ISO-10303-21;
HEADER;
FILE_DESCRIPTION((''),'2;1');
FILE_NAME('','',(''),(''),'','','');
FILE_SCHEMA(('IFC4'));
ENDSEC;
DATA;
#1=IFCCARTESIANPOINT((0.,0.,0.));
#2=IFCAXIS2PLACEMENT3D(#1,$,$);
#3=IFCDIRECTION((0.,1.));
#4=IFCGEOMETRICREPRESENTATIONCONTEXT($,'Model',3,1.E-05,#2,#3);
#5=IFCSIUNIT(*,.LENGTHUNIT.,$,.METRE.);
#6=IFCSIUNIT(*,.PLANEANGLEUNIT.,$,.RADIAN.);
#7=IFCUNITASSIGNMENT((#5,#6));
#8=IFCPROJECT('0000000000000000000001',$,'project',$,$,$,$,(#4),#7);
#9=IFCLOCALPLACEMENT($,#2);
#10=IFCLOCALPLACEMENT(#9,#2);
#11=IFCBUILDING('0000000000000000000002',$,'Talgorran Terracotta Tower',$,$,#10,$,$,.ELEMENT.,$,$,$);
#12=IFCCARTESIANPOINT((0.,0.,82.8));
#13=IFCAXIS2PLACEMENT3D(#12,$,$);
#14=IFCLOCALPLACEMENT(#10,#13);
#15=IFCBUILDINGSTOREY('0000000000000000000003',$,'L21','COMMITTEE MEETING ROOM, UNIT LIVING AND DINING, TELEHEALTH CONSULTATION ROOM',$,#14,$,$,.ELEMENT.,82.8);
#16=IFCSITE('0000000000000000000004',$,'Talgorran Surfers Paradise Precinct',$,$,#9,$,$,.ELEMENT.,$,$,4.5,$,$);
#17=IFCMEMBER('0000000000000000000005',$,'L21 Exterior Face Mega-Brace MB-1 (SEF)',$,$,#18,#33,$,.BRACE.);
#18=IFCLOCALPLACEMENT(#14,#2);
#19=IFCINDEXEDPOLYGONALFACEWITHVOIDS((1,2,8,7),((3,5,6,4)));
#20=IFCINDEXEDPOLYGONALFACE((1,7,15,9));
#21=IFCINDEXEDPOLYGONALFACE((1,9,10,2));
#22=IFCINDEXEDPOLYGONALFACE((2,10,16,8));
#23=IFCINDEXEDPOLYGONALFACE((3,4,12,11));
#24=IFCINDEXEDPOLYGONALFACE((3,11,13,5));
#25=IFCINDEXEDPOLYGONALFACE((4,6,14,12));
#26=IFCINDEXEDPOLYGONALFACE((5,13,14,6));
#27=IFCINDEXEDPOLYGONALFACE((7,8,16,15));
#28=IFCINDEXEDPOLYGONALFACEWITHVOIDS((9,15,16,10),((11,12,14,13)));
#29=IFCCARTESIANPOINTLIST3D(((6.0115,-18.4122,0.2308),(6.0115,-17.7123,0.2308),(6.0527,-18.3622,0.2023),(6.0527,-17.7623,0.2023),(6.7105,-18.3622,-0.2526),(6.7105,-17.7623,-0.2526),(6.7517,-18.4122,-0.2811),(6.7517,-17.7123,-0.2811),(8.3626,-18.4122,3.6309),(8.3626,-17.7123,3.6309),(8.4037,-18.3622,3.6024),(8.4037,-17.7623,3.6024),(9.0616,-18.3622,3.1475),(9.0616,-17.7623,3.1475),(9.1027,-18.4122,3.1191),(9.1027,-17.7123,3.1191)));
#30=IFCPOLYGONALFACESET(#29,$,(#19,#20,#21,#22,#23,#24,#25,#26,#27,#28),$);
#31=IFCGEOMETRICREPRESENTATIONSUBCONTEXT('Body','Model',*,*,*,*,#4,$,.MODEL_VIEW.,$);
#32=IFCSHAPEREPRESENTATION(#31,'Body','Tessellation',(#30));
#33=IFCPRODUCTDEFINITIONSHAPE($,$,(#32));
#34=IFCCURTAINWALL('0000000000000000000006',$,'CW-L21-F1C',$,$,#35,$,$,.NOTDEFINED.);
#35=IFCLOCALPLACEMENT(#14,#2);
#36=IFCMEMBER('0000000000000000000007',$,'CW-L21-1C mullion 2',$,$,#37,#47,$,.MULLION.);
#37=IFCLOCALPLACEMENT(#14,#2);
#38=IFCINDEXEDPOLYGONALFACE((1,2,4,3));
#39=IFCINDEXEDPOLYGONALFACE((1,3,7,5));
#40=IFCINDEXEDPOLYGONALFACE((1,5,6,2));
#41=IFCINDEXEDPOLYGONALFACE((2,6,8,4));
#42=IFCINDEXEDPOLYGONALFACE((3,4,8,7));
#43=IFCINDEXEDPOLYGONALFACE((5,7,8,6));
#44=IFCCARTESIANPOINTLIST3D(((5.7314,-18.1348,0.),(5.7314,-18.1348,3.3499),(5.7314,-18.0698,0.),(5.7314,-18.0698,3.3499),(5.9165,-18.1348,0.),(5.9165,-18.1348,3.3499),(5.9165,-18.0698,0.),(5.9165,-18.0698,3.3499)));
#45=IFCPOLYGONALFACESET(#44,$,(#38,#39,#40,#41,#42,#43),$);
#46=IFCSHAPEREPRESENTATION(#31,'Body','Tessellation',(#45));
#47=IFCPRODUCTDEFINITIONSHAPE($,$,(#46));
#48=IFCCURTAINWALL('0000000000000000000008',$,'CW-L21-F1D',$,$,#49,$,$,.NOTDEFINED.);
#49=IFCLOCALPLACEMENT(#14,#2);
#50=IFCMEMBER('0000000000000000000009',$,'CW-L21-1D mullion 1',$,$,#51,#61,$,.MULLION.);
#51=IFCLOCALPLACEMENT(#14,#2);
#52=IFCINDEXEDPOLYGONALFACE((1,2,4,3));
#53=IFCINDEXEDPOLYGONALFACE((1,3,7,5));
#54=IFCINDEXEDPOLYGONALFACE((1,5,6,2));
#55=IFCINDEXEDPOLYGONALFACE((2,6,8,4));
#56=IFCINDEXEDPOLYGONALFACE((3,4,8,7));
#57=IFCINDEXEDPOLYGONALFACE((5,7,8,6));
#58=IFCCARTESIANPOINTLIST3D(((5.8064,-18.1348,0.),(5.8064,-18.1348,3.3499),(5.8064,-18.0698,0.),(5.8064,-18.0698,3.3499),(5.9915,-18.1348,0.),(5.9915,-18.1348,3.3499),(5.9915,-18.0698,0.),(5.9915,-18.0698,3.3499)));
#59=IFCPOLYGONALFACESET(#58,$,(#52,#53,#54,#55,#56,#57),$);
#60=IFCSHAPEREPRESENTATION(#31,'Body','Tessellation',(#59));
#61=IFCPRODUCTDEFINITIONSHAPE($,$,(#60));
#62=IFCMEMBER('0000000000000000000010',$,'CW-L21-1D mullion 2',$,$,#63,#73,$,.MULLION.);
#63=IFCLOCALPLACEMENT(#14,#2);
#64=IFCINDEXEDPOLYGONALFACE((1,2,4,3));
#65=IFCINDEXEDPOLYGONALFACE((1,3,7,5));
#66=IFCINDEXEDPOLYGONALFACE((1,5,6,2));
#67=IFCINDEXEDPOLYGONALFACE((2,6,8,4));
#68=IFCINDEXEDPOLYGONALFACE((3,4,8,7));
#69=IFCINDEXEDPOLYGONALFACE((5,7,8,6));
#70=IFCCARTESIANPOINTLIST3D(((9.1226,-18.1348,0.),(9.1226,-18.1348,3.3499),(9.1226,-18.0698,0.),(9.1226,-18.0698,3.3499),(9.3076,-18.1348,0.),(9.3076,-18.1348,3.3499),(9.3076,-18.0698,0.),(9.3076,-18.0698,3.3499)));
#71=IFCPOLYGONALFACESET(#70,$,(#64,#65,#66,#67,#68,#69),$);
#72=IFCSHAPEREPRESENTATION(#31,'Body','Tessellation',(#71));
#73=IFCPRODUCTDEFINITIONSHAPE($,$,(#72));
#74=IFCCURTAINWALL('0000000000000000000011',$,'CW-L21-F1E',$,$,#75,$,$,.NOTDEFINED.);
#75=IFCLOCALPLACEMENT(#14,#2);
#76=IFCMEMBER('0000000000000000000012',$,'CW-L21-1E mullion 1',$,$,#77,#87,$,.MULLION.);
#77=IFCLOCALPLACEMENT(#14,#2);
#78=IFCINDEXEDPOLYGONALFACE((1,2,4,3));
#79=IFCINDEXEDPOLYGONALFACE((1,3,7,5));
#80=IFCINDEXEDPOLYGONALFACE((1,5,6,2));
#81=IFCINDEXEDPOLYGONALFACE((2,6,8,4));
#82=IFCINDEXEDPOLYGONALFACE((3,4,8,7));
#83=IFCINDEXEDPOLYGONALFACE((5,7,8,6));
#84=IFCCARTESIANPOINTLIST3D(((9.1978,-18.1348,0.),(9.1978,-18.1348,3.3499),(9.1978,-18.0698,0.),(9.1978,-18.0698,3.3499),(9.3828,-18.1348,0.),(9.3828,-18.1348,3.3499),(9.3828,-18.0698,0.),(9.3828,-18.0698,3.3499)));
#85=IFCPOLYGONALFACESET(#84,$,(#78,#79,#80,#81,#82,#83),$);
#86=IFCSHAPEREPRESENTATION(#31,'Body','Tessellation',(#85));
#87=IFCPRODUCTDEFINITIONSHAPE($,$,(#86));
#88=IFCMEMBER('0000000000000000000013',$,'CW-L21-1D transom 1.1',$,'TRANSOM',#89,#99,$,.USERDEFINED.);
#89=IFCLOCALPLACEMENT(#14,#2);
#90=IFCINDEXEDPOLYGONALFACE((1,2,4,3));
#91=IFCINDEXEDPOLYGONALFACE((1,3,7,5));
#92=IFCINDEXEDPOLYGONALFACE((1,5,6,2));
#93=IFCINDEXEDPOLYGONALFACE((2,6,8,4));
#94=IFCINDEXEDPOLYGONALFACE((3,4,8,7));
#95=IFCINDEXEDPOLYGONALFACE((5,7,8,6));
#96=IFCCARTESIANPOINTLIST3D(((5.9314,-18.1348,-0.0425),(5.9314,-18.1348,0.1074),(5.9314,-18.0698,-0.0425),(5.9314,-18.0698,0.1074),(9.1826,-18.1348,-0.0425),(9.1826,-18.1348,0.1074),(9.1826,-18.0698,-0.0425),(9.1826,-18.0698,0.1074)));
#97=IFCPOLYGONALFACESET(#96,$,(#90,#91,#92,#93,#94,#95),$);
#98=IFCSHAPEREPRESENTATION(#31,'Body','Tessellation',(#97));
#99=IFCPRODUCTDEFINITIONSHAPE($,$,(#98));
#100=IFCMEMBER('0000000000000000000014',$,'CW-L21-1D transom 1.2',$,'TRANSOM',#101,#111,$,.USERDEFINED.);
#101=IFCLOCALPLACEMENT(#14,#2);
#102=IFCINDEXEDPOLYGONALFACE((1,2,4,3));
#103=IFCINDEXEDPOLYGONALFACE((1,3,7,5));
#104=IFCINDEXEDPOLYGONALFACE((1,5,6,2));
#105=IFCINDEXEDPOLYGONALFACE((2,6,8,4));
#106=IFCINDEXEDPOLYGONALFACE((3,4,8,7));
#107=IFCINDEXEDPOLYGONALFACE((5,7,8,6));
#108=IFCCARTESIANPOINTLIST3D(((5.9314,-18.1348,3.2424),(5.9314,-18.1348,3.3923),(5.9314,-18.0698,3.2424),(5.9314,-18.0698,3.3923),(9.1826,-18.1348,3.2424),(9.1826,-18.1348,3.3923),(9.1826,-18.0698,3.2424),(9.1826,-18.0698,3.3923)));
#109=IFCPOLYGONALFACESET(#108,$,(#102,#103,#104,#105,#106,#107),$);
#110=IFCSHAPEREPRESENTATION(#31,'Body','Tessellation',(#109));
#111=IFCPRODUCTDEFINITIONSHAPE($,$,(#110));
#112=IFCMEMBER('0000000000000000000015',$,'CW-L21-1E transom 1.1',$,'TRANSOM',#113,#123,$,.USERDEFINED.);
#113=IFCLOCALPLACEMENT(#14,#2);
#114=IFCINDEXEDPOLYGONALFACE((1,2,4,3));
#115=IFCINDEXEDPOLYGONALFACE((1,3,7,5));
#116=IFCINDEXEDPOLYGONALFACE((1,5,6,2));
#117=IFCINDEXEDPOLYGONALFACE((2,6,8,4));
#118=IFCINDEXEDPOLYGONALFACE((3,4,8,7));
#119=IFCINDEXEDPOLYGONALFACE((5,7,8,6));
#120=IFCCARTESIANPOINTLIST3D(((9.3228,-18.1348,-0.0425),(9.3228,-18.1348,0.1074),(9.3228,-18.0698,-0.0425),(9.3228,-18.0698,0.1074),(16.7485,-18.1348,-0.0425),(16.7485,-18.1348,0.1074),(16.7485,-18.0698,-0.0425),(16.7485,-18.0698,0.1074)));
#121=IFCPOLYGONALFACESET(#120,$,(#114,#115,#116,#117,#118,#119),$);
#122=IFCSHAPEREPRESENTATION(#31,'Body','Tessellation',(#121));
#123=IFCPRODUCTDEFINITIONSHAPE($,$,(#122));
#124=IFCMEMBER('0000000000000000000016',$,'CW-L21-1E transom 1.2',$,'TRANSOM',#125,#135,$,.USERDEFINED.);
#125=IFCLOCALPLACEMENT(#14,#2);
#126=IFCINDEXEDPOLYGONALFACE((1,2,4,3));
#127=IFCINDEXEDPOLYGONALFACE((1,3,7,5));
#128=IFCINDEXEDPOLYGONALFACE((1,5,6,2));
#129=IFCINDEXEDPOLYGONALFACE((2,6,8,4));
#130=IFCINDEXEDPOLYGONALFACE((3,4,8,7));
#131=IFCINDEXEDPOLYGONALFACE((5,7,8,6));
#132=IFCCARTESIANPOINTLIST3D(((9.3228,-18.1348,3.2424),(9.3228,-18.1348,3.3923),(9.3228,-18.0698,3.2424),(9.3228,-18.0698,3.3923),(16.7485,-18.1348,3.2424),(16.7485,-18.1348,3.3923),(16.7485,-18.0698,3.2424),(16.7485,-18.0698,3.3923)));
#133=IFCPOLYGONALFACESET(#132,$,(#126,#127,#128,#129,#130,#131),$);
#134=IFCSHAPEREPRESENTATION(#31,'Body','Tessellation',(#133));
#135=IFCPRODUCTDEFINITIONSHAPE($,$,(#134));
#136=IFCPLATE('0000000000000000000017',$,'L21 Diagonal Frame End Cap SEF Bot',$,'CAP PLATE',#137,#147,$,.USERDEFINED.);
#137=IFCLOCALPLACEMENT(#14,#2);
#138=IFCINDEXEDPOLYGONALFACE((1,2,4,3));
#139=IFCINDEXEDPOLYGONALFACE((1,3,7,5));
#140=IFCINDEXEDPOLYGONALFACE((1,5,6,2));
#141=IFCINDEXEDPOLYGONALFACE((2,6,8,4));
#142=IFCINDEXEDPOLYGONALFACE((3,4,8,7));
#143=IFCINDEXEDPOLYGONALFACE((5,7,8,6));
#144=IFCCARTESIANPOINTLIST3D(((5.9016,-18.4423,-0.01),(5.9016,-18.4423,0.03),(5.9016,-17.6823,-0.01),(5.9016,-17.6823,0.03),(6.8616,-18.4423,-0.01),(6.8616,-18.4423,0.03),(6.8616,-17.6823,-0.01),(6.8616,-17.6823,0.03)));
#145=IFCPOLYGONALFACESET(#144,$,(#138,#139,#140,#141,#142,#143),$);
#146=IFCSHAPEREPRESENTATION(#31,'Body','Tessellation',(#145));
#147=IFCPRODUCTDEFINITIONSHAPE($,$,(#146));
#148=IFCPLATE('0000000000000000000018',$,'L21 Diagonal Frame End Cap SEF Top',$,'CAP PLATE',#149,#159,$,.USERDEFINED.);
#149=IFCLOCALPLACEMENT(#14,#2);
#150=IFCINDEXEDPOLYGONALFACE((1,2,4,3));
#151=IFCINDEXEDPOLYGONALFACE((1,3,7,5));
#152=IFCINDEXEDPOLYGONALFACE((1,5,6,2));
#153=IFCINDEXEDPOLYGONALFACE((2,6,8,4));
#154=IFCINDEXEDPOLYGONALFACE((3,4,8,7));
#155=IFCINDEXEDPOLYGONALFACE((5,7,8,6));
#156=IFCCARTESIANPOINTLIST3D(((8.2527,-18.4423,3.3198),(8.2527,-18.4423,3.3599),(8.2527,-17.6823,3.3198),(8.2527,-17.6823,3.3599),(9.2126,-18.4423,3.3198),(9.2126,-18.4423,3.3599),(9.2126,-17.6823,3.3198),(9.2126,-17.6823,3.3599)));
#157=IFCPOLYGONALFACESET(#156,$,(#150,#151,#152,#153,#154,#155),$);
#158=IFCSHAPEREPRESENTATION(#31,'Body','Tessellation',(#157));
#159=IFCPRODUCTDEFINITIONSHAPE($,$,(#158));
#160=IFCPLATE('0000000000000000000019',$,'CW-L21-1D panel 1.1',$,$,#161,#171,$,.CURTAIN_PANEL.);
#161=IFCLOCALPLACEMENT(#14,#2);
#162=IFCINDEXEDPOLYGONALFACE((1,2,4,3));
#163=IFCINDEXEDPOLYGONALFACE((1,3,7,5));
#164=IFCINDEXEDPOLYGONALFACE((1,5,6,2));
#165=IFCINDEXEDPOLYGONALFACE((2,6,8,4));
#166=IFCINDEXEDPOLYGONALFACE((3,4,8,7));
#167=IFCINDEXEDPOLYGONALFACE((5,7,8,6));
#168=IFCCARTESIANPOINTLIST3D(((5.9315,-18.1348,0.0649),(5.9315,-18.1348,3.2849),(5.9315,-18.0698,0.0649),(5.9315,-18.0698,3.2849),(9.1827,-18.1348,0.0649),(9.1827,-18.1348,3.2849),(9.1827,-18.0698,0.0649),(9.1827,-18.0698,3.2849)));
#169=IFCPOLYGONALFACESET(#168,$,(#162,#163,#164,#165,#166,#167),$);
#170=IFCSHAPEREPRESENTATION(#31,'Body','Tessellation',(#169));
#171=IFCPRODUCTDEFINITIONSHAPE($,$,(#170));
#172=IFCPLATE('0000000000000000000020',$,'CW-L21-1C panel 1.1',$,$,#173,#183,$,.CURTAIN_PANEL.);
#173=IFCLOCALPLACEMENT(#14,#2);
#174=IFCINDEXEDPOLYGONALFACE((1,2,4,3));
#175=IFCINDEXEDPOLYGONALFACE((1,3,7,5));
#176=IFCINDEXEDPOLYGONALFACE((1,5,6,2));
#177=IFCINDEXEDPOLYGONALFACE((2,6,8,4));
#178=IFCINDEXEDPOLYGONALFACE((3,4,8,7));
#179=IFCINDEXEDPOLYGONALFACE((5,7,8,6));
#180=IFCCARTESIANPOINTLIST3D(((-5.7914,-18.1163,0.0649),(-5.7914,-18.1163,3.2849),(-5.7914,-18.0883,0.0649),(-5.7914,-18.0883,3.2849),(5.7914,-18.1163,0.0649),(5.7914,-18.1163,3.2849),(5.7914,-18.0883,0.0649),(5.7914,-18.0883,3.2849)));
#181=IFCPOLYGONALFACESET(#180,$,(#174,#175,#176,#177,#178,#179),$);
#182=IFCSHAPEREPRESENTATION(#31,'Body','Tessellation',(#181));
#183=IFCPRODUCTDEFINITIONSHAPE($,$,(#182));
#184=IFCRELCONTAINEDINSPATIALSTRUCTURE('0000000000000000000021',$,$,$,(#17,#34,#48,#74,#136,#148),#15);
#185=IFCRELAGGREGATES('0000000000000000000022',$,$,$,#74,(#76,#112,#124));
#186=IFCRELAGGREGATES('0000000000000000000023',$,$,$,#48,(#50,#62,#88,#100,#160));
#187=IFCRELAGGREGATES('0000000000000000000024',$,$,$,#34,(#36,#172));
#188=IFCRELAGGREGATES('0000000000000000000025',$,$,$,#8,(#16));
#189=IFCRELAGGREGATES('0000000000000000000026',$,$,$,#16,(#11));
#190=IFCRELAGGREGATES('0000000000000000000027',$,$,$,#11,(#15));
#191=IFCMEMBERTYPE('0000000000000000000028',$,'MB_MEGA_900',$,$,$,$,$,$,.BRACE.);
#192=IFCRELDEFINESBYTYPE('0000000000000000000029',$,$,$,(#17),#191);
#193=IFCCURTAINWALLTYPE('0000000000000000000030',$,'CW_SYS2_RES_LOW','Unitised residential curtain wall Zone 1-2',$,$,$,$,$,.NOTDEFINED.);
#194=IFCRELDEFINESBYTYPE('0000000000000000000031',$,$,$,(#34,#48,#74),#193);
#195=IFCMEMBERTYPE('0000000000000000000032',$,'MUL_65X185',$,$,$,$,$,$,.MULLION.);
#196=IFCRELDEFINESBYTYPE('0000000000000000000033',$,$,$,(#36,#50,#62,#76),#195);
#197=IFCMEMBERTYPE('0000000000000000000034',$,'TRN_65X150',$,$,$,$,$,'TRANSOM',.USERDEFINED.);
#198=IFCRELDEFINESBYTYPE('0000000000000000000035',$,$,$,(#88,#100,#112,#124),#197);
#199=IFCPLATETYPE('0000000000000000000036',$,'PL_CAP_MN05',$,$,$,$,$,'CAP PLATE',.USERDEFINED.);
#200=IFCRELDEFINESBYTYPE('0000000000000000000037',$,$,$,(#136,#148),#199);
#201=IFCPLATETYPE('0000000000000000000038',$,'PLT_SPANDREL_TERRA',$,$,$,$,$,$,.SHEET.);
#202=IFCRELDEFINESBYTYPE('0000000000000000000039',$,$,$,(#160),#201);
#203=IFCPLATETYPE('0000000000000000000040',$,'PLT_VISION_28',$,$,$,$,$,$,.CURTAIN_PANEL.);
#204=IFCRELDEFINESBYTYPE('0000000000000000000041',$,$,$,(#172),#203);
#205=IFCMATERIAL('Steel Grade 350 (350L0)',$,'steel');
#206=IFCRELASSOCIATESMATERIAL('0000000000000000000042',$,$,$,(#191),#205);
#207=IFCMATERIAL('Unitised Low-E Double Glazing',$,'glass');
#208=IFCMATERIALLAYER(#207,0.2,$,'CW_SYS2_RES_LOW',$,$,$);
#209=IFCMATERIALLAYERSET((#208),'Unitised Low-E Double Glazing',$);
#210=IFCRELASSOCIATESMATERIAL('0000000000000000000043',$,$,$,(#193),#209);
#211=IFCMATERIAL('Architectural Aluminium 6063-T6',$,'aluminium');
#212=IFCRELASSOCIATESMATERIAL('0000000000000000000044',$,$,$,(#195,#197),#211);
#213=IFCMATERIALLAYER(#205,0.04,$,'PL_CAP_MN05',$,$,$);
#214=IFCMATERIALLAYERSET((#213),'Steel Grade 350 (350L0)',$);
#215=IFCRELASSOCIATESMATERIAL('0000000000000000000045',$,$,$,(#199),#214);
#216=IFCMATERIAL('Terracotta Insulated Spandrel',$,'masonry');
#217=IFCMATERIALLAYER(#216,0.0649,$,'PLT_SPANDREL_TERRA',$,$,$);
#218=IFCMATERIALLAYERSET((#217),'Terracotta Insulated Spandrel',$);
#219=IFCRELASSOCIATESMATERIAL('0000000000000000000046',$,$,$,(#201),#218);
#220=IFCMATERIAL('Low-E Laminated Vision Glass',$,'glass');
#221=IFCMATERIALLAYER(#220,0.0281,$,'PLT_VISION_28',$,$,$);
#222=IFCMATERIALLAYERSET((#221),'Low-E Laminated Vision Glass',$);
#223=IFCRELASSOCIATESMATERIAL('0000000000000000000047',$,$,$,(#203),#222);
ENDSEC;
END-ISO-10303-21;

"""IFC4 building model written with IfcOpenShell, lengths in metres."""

from ifc_helpers import new_model, si_unit, direction, frame, origin, origin_2d, place, context, subcontext, project, spatial, rectangle, hollow_rectangle, extrude, source, transform, mapped, material, layer, layer_set, material_profile, profile_set, type_object, type_shapes, element, aggregate, save


model = new_model("IFC4")

# Units and contexts
model_context = context("Model", 3, precision=1e-05, world=origin(), true_north=direction((0.0, 1.0)))
body_context = subcontext(model_context, "Body", "Model", "MODEL_VIEW")
ifc_project = project(units=[si_unit("LENGTHUNIT", "METRE"), si_unit("PLANEANGLEUNIT", "RADIAN")], contexts=[model_context])

# Site, building, storey
site_placement = place(None, origin())
site = spatial("IfcSite", under=ifc_project, at=site_placement, Name="Talgorran Surfers Paradise Precinct", CompositionType="ELEMENT", RefElevation=4.5)
building_placement = place(site_placement, origin())
building = spatial("IfcBuilding", under=site, at=building_placement, Name="Talgorran Terracotta Tower", CompositionType="ELEMENT")
storey_placement = place(building_placement, frame((0.0, 0.0, 82.8)))
storey = spatial("IfcBuildingStorey", under=building, at=storey_placement, Name="L21", Description="COMMITTEE MEETING ROOM, UNIT LIVING AND DINING, TELEHEALTH CONSULTATION ROOM", CompositionType="ELEMENT", Elevation=82.8)

# Member
ifc_material_1 = material(Name="Steel Grade 350 (350L0)", Category="steel")
ifc_material_profile_1 = material_profile(ifc_material_1, hollow_rectangle(XDim=0.7, YDim=0.8999, WallThickness=0.05, at=origin_2d()), Name="WBOX900X700X50")
ifc_profile_set_1 = profile_set([ifc_material_profile_1], Name="Steel Grade 350 (350L0)")
member_type_1 = type_object("IfcMemberType", Name="MB_MEGA_900", PredefinedType="BRACE", material=ifc_profile_set_1)
member_1_placement = place(storey_placement, frame((6.3816, -18.0623, -0.0251), z_axis=(0.56874, 0.0, 0.822517), x_axis=(0.0, 1.0, 0.0)))
element("IfcMember", 1, at=member_1_placement, inside=storey, type_object=member_type_1, Name="L21 Exterior Face Mega-Brace MB-1 (SEF)", PredefinedType="BRACE", context=body_context, shape_type="SweptSolid", body=[
    extrude(hollow_rectangle(XDim=0.7, YDim=0.8999, WallThickness=0.05, at=origin_2d()), origin(), (0.0, 0.0, 1.0), 4.1338),
])

# Curtain wall, member
ifc_material_2 = material(Name="Unitised Low-E Double Glazing", Category="glass")
ifc_layer_1 = layer(ifc_material_2, 0.2, Name="CW_SYS2_RES_LOW")
ifc_layer_set_1 = layer_set([ifc_layer_1], Name="Unitised Low-E Double Glazing")
curtain_wall_type = type_object("IfcCurtainWallType", Name="CW_SYS2_RES_LOW", Description="Unitised residential curtain wall Zone 1-2", PredefinedType="NOTDEFINED", material=ifc_layer_set_1)
curtain_wall_1_placement = place(storey_placement, origin())
curtain_wall_1 = element("IfcCurtainWall", 2, at=curtain_wall_1_placement, inside=storey, type_object=curtain_wall_type, Name="CW-L21-F1C", PredefinedType="NOTDEFINED")
ifc_material_3 = material(Name="Architectural Aluminium 6063-T6", Category="aluminium")
ifc_material_profile_2 = material_profile(ifc_material_3, rectangle(XDim=0.0649, YDim=0.1851, at=origin_2d()), Name="CWM65X185")
ifc_profile_set_2 = profile_set([ifc_material_profile_2], Name="Architectural Aluminium 6063-T6")
member_type_2 = type_object("IfcMemberType", Name="MUL_65X185", PredefinedType="MULLION", material=ifc_profile_set_2)
member_2_placement = place(storey_placement, frame((5.824, -18.1023, 0.0), z_axis=(0.0, 0.0, 1.0), x_axis=(0.0, 1.0, 0.0)))
member_2 = element("IfcMember", 3, at=member_2_placement, type_object=member_type_2, Name="CW-L21-1C mullion 2", PredefinedType="MULLION", context=body_context, shape_type="SweptSolid", body=[
    extrude(rectangle(XDim=0.0649, YDim=0.1851, at=origin_2d()), origin(), (0.0, 0.0, 1.0), 3.3499),
])

# Curtain wall, members
curtain_wall_2_placement = place(storey_placement, origin())
curtain_wall_2 = element("IfcCurtainWall", 4, at=curtain_wall_2_placement, inside=storey, type_object=curtain_wall_type, Name="CW-L21-F1D", PredefinedType="NOTDEFINED")
member_3_placement = place(storey_placement, frame((5.8989, -18.1023, 0.0), z_axis=(0.0, 0.0, 1.0), x_axis=(0.0, 1.0, 0.0)))
member_3 = element("IfcMember", 5, at=member_3_placement, type_object=member_type_2, Name="CW-L21-1D mullion 1", PredefinedType="MULLION", context=body_context, shape_type="SweptSolid", body=[
    extrude(rectangle(XDim=0.0649, YDim=0.1851, at=origin_2d()), origin(), (0.0, 0.0, 1.0), 3.3499),
])
member_4_placement = place(storey_placement, frame((9.2151, -18.1023, 0.0), z_axis=(0.0, 0.0, 1.0), x_axis=(0.0, 1.0, 0.0)))
member_4 = element("IfcMember", 6, at=member_4_placement, type_object=member_type_2, Name="CW-L21-1D mullion 2", PredefinedType="MULLION", context=body_context, shape_type="SweptSolid", body=[
    extrude(rectangle(XDim=0.0649, YDim=0.1851, at=origin_2d()), origin(), (0.0, 0.0, 1.0), 3.3499),
])

# Curtain wall, member
curtain_wall_3_placement = place(storey_placement, origin())
curtain_wall_3 = element("IfcCurtainWall", 7, at=curtain_wall_3_placement, inside=storey, type_object=curtain_wall_type, Name="CW-L21-F1E", PredefinedType="NOTDEFINED")
member_5_placement = place(storey_placement, frame((9.2903, -18.1023, 0.0), z_axis=(0.0, 0.0, 1.0), x_axis=(0.0, 1.0, 0.0)))
member_5 = element("IfcMember", 8, at=member_5_placement, type_object=member_type_2, Name="CW-L21-1E mullion 1", PredefinedType="MULLION", context=body_context, shape_type="SweptSolid", body=[
    extrude(rectangle(XDim=0.0649, YDim=0.1851, at=origin_2d()), origin(), (0.0, 0.0, 1.0), 3.3499),
])

# Members
ifc_material_profile_3 = material_profile(ifc_material_3, rectangle(XDim=0.0649, YDim=0.1499, at=origin_2d()), Name="CWT65X150")
ifc_profile_set_3 = profile_set([ifc_material_profile_3], Name="Architectural Aluminium 6063-T6")
member_type_3 = type_object("IfcMemberType", Name="TRN_65X150", ElementType="TRANSOM", PredefinedType="USERDEFINED", material=ifc_profile_set_3)
member_6_placement = place(storey_placement, frame((5.9314, -18.1023, 0.0325), z_axis=(1.0, 0.0, 0.0), x_axis=(0.0, 1.0, 0.0)))
member_6 = element("IfcMember", 9, at=member_6_placement, type_object=member_type_3, Name="CW-L21-1D transom 1.1", ObjectType="TRANSOM", PredefinedType="USERDEFINED", context=body_context, shape_type="SweptSolid", body=[
    extrude(rectangle(XDim=0.0649, YDim=0.1499, at=origin_2d()), origin(), (0.0, 0.0, 1.0), 3.2512),
])
member_7_placement = place(storey_placement, frame((5.9314, -18.1023, 3.3174), z_axis=(1.0, 0.0, 0.0), x_axis=(0.0, 1.0, 0.0)))
member_7 = element("IfcMember", 10, at=member_7_placement, type_object=member_type_3, Name="CW-L21-1D transom 1.2", ObjectType="TRANSOM", PredefinedType="USERDEFINED", context=body_context, shape_type="SweptSolid", body=[
    extrude(rectangle(XDim=0.0649, YDim=0.1499, at=origin_2d()), origin(), (0.0, 0.0, 1.0), 3.2512),
])
member_8_placement = place(storey_placement, frame((9.3228, -18.1023, 0.0325), z_axis=(1.0, 0.0, 0.0), x_axis=(0.0, 1.0, 0.0)))
member_8 = element("IfcMember", 11, at=member_8_placement, type_object=member_type_3, Name="CW-L21-1E transom 1.1", ObjectType="TRANSOM", PredefinedType="USERDEFINED", context=body_context, shape_type="SweptSolid", body=[
    extrude(rectangle(XDim=0.0649, YDim=0.1499, at=origin_2d()), origin(), (0.0, 0.0, 1.0), 7.4258),
])
member_9_placement = place(storey_placement, frame((9.3228, -18.1023, 3.3174), z_axis=(1.0, 0.0, 0.0), x_axis=(0.0, 1.0, 0.0)))
member_9 = element("IfcMember", 12, at=member_9_placement, type_object=member_type_3, Name="CW-L21-1E transom 1.2", ObjectType="TRANSOM", PredefinedType="USERDEFINED", context=body_context, shape_type="SweptSolid", body=[
    extrude(rectangle(XDim=0.0649, YDim=0.1499, at=origin_2d()), origin(), (0.0, 0.0, 1.0), 7.4258),
])
aggregate(curtain_wall_3, [member_5, member_8, member_9])

# Plates
ifc_layer_2 = layer(ifc_material_1, 0.04, Name="PL_CAP_MN05")
ifc_layer_set_2 = layer_set([ifc_layer_2], Name="Steel Grade 350 (350L0)")
plate_type_1 = type_object("IfcPlateType", Name="PL_CAP_MN05", ElementType="CAP PLATE", PredefinedType="USERDEFINED", material=ifc_layer_set_2)
for number, where, z_axis, x_axis, name in (
    (13, (6.3816, -18.0623, -0.01), (0.0, 0.0, 1.0), (1.0, 0.0, 0.0), "L21 Diagonal Frame End Cap SEF Bot"),
    (14, (8.7327, -18.0623, 3.3198), (0.0, 0.0, 1.0), (1.0, 0.0, 0.0), "L21 Diagonal Frame End Cap SEF Top"),
):
    element("IfcPlate", number, at=place(storey_placement, frame(where, z_axis=z_axis, x_axis=x_axis)), inside=storey, type_object=plate_type_1, Name=name, ObjectType="CAP PLATE", PredefinedType="USERDEFINED", context=body_context, shape_type="SweptSolid", body=[
        extrude(rectangle(XDim=0.96, YDim=0.76, at=origin_2d()), origin(), (0.0, 0.0, 1.0), 0.04),
    ])

# Plates
ifc_material_4 = material(Name="Terracotta Insulated Spandrel", Category="masonry")
ifc_layer_3 = layer(ifc_material_4, 0.0649, Name="PLT_SPANDREL_TERRA")
ifc_layer_set_3 = layer_set([ifc_layer_3], Name="Terracotta Insulated Spandrel")
plate_type_2 = type_object("IfcPlateType", Name="PLT_SPANDREL_TERRA", PredefinedType="SHEET", material=ifc_layer_set_3)
shared_shape_1 = source(origin(), body_context, "Body", "SweptSolid", [
    extrude(rectangle(XDim=3.2512, YDim=0.0649, at=origin_2d()), origin(), (0.0, 0.0, 1.0), 3.22),
])
type_shapes(plate_type_2, [shared_shape_1])
plate_1_placement = place(storey_placement, frame((7.5571, -18.1023, 0.0649), z_axis=(0.0, 0.0, 1.0), x_axis=(1.0, 0.0, 0.0)))
plate_1 = element("IfcPlate", 15, at=plate_1_placement, type_object=plate_type_2, Name="CW-L21-1D panel 1.1", PredefinedType="CURTAIN_PANEL", context=body_context, shape_type="MappedRepresentation", body=[
    mapped(shared_shape_1, transform((0.0, 0.0, 0.0), scale=1.0)),
])
aggregate(curtain_wall_2, [member_3, member_4, member_6, member_7, plate_1])
ifc_material_5 = material(Name="Low-E Laminated Vision Glass", Category="glass")
ifc_layer_4 = layer(ifc_material_5, 0.0281, Name="PLT_VISION_28")
ifc_layer_set_4 = layer_set([ifc_layer_4], Name="Low-E Laminated Vision Glass")
plate_type_3 = type_object("IfcPlateType", Name="PLT_VISION_28", PredefinedType="CURTAIN_PANEL", material=ifc_layer_set_4)
shared_shape_2 = source(origin(), body_context, "Body", "SweptSolid", [
    extrude(rectangle(XDim=11.5828, YDim=0.0281, at=origin_2d()), origin(), (0.0, 0.0, 1.0), 3.22),
])
type_shapes(plate_type_3, [shared_shape_2])
plate_2_placement = place(storey_placement, frame((0.0, -18.1023, 0.0649), z_axis=(0.0, 0.0, 1.0), x_axis=(1.0, 0.0, 0.0)))
plate_2 = element("IfcPlate", 16, at=plate_2_placement, type_object=plate_type_3, Name="CW-L21-1C panel 1.1", PredefinedType="CURTAIN_PANEL", context=body_context, shape_type="MappedRepresentation", body=[
    mapped(shared_shape_2, transform((0.0, 0.0, 0.0), scale=1.0)),
])
aggregate(curtain_wall_1, [member_2, plate_2])

save(model, "model.ifc")
